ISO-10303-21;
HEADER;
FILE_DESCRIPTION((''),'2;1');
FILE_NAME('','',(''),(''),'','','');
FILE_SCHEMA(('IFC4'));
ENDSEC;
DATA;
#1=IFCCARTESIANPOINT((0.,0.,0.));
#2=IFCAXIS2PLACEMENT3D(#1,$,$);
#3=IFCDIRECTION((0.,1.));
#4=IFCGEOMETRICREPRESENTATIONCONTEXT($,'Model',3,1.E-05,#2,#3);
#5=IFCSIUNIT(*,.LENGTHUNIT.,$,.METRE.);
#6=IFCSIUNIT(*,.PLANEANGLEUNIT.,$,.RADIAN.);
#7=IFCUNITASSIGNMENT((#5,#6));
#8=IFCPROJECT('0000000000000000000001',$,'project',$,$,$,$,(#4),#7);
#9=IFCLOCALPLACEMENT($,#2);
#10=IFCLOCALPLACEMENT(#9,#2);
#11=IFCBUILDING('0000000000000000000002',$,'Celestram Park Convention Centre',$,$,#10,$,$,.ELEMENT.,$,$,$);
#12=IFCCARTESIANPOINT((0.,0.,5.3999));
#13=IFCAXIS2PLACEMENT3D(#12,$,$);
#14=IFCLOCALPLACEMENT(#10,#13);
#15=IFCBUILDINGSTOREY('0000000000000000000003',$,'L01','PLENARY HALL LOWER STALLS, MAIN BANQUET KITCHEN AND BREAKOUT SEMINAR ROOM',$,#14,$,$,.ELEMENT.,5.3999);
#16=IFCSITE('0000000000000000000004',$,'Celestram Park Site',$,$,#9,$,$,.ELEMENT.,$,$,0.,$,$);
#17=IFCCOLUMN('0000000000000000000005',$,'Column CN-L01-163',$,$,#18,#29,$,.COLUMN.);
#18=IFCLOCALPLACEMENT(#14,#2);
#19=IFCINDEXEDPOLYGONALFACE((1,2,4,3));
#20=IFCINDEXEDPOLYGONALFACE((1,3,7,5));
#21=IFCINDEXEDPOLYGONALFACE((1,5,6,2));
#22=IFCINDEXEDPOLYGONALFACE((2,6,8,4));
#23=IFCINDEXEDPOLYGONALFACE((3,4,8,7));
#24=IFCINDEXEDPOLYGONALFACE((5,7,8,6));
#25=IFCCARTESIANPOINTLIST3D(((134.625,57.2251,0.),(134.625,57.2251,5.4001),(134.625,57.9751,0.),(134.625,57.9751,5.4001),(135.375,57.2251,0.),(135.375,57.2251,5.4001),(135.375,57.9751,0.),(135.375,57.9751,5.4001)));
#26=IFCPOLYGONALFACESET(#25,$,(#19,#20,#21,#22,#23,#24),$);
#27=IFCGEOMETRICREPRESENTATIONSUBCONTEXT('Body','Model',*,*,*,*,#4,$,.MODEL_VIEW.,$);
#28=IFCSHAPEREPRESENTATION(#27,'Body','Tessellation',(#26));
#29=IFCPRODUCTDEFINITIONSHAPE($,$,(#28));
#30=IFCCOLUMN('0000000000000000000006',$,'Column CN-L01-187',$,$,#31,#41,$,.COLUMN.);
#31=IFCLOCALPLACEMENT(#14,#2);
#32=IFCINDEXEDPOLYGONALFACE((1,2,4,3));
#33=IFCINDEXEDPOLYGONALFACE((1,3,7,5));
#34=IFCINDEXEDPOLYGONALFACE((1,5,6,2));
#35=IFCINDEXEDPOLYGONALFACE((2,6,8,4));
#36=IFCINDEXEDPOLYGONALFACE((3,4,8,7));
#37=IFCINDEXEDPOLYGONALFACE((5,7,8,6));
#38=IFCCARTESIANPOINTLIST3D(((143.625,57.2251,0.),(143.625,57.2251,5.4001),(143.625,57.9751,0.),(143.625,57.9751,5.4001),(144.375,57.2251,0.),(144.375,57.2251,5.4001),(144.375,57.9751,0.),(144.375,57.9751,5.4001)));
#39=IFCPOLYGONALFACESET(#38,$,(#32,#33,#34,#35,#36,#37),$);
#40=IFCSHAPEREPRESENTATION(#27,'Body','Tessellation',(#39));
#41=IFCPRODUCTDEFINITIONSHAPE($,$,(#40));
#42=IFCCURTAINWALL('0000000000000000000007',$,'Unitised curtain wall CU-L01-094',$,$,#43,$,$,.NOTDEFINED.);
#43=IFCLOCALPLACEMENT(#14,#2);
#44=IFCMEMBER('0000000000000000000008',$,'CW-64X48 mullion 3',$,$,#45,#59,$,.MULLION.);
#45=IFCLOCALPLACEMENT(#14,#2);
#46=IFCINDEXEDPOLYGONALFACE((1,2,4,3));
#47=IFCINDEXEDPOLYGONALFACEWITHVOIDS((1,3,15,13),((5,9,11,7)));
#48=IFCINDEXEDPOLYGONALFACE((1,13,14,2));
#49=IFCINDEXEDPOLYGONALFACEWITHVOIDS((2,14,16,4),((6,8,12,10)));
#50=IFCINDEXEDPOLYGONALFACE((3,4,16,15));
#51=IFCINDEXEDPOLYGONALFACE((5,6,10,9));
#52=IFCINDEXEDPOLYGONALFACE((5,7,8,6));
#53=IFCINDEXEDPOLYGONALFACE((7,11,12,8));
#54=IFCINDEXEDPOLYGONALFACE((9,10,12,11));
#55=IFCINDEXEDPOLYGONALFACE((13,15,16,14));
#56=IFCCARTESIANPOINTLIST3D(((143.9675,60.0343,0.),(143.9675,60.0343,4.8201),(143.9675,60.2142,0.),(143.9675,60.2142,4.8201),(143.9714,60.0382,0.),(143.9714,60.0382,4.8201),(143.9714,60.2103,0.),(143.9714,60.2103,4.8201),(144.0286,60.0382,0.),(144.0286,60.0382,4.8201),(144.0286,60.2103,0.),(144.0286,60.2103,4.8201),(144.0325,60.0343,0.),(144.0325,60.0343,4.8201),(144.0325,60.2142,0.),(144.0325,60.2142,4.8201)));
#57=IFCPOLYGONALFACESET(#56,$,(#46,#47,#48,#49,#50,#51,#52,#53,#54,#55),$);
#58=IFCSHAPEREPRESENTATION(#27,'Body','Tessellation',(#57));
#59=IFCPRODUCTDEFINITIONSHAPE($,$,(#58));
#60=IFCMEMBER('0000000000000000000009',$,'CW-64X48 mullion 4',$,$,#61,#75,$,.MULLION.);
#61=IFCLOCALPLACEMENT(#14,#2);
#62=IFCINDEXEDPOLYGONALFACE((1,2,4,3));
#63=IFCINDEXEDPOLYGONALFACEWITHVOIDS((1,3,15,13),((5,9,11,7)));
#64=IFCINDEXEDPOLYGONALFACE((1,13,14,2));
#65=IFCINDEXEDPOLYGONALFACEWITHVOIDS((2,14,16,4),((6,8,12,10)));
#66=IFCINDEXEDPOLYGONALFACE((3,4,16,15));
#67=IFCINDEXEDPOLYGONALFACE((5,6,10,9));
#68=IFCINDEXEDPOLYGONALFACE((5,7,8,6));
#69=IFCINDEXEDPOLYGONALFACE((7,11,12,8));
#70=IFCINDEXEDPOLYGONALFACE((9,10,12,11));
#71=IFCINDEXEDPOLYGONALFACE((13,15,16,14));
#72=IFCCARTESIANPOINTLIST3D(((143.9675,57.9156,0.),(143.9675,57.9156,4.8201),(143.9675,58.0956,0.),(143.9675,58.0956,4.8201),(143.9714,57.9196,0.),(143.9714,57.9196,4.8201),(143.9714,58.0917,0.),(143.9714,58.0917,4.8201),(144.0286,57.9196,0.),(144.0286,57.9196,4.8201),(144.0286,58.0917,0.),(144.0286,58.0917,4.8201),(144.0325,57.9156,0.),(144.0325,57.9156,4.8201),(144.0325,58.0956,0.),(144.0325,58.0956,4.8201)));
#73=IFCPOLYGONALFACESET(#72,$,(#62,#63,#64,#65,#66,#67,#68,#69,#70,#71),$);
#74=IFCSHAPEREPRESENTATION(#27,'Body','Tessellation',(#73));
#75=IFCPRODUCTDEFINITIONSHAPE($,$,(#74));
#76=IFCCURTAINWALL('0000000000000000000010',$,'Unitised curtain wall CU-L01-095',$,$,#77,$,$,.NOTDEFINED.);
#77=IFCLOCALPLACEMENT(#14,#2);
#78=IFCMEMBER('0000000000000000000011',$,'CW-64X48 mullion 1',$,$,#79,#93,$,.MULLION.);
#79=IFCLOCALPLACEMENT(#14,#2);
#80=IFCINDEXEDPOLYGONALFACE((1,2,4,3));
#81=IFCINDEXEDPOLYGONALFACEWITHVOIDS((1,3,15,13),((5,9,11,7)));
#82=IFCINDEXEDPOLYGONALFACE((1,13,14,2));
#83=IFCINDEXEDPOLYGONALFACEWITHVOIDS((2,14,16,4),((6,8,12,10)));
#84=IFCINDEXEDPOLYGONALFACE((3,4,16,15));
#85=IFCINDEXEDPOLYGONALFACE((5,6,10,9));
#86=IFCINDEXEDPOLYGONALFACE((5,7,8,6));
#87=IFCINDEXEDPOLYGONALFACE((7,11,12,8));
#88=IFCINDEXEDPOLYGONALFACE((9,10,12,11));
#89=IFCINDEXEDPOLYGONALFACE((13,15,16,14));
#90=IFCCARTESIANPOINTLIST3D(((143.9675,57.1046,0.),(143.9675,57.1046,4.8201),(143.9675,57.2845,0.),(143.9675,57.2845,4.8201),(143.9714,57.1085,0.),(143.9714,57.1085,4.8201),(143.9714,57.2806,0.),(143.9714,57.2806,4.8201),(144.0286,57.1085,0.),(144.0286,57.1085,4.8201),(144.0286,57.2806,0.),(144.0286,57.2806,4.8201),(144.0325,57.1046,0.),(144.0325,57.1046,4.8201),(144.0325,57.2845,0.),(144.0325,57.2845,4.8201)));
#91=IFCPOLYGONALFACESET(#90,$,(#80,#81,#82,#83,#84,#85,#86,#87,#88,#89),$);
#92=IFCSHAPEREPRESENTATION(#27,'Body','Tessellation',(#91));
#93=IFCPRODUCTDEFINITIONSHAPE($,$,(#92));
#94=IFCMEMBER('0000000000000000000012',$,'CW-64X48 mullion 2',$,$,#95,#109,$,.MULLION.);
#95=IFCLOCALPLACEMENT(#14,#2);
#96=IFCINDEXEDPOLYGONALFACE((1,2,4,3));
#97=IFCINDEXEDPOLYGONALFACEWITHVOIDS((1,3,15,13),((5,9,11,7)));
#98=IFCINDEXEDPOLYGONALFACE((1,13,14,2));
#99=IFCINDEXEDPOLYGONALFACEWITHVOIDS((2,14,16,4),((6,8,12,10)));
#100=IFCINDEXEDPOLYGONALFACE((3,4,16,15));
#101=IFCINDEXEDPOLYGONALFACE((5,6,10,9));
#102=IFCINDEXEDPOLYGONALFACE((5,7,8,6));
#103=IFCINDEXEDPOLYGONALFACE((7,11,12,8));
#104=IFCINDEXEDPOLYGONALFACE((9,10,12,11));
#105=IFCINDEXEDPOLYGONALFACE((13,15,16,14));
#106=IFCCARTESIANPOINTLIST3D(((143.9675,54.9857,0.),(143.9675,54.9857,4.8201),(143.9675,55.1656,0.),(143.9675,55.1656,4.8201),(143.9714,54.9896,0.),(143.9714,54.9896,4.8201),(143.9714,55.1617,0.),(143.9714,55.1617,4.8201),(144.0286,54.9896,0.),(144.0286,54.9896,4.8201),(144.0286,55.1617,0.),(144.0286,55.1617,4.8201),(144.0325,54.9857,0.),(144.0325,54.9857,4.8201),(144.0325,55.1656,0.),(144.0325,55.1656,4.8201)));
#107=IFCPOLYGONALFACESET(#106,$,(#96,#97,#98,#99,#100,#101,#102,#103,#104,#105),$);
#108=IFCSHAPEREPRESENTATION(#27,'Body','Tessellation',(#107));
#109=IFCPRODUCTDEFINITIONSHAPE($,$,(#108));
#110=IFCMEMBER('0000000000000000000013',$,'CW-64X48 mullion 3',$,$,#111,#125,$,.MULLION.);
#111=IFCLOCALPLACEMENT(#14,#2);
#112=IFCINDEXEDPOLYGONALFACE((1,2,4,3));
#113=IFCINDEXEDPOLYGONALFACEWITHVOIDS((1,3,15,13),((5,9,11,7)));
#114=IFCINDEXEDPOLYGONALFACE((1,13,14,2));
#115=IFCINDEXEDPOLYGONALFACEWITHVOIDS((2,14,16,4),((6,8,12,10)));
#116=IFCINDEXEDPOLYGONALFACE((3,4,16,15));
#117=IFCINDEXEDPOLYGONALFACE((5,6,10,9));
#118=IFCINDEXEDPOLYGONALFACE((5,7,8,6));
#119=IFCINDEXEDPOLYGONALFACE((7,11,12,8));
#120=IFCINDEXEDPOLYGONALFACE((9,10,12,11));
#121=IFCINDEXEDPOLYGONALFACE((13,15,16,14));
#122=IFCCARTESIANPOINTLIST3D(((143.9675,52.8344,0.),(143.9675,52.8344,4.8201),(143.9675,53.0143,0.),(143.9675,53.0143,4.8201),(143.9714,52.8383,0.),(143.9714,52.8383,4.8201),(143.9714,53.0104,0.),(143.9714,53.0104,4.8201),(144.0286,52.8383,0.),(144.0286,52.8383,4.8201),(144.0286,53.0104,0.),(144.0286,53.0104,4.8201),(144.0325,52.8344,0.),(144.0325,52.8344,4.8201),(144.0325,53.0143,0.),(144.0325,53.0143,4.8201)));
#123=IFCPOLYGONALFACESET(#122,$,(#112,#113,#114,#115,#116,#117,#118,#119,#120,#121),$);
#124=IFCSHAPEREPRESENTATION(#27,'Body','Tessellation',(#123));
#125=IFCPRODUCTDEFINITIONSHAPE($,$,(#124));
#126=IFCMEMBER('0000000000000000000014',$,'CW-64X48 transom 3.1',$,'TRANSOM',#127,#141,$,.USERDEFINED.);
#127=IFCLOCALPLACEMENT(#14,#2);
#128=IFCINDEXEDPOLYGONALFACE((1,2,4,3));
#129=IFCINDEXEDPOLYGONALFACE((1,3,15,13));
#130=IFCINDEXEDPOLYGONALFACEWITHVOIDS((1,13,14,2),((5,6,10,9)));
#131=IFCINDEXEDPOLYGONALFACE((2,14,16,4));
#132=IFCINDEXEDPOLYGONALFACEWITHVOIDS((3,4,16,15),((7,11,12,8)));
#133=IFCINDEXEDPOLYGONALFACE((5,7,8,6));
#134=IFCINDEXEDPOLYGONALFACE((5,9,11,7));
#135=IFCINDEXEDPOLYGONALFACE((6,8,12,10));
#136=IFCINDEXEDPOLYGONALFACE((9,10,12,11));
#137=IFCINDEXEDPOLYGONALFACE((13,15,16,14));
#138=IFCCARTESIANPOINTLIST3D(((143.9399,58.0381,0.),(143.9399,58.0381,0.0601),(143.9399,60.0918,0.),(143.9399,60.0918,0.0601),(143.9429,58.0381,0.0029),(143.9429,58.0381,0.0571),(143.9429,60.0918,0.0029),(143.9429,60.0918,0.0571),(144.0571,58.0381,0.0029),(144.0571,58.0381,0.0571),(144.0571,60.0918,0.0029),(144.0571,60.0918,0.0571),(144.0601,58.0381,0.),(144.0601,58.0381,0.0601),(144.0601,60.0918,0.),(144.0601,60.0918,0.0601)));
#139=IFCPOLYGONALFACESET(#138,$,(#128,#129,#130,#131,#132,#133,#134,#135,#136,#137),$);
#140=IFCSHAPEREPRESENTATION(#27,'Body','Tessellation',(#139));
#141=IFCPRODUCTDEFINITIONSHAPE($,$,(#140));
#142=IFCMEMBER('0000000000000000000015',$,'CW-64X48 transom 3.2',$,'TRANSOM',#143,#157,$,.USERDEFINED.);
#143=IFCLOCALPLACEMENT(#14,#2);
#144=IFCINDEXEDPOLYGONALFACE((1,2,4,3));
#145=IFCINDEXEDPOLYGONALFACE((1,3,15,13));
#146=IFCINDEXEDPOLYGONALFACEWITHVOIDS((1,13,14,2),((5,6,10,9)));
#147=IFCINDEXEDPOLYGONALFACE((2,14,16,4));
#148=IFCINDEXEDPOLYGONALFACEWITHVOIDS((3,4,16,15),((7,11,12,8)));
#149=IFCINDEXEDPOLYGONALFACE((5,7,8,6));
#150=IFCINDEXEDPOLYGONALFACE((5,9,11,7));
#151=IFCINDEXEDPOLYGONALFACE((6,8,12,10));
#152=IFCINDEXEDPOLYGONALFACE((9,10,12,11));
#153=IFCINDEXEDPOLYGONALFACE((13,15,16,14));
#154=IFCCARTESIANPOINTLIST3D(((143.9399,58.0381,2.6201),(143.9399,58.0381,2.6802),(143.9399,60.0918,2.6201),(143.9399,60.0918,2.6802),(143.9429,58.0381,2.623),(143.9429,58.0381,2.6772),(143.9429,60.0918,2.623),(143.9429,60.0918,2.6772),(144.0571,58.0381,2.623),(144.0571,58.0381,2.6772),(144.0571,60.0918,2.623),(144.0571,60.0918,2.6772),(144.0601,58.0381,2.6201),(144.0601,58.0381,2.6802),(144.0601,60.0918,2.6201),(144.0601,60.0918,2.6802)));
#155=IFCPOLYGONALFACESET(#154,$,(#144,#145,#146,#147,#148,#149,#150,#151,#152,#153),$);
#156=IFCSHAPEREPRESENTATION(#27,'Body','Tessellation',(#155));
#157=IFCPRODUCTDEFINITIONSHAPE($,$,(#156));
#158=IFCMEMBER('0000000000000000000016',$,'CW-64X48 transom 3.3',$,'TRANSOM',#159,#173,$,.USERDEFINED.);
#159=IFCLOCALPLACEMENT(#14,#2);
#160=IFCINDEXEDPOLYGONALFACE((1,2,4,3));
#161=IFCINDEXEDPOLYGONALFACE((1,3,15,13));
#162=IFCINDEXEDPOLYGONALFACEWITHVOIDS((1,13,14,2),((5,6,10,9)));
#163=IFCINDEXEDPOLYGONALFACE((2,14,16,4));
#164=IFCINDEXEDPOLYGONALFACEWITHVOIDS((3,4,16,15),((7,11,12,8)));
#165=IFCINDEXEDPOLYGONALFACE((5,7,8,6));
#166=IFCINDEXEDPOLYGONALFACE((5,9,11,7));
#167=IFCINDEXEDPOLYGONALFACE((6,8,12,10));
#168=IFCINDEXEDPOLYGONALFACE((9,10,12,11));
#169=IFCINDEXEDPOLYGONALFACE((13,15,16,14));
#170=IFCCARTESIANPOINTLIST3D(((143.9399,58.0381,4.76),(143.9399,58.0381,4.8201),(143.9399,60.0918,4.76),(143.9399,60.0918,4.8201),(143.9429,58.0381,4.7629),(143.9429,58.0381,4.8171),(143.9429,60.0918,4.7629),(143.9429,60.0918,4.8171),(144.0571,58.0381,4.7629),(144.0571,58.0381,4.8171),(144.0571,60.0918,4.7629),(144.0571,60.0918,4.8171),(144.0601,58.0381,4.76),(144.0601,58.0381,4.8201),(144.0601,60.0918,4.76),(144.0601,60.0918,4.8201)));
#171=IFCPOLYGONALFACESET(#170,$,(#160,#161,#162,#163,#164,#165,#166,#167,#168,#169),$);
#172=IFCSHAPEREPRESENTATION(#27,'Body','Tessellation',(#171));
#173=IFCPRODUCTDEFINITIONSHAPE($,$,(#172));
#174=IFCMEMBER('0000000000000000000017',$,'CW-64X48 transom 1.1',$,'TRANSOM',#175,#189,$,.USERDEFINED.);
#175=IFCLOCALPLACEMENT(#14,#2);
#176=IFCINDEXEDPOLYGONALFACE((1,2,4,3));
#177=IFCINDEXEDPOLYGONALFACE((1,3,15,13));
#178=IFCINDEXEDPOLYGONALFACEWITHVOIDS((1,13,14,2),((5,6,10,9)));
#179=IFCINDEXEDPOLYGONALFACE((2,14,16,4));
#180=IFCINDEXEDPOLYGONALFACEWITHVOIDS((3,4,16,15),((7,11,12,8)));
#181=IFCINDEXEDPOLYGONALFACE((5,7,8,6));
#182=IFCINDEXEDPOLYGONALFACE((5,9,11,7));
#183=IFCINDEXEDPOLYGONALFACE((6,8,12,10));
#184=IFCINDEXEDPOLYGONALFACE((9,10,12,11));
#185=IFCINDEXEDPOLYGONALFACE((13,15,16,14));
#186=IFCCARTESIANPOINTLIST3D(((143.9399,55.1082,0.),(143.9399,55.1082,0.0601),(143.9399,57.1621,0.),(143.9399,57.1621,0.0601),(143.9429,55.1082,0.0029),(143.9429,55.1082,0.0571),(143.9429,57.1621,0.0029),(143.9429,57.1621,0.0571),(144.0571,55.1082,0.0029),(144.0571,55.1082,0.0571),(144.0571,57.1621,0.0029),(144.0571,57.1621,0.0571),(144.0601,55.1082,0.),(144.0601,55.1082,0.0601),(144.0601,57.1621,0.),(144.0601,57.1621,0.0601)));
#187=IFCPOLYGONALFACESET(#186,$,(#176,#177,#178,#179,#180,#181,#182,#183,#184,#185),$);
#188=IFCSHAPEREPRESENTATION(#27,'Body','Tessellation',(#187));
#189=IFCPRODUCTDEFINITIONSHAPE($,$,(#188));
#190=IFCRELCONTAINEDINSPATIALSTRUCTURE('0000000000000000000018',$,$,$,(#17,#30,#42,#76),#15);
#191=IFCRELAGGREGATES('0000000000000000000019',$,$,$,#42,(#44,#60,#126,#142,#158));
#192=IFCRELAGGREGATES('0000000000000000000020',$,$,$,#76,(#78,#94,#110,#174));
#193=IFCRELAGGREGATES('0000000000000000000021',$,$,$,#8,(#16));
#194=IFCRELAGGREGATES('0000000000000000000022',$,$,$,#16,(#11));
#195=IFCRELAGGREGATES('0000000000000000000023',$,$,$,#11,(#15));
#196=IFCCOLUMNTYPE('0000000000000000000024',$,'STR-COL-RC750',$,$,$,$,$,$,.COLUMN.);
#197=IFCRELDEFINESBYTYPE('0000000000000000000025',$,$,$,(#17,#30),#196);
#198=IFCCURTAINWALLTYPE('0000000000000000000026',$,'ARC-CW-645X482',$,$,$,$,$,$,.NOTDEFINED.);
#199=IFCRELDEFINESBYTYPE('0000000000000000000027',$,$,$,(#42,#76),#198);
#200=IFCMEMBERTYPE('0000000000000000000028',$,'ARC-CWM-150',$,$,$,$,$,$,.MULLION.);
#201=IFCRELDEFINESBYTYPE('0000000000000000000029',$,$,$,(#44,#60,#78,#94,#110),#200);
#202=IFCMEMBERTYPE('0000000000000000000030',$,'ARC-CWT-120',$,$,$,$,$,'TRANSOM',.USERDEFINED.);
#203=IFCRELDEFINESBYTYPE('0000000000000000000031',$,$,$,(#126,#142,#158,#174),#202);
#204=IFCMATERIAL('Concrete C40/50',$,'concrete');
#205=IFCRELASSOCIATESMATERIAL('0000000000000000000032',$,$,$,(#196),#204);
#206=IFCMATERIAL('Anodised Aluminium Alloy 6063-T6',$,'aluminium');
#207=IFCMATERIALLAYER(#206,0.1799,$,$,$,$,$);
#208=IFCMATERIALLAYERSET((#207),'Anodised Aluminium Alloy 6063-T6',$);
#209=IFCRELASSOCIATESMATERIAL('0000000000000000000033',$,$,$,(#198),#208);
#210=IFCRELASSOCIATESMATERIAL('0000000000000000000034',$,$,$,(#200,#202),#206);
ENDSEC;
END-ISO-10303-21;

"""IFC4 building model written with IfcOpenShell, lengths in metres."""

from ifc_helpers import new_model, si_unit, direction, frame, origin, origin_2d, place, context, subcontext, project, spatial, rectangle, hollow_rectangle, extrude, material, layer, layer_set, material_profile, profile_set, type_object, element, aggregate, save


model = new_model("IFC4")

# Units and contexts
model_context = context("Model", 3, precision=1e-05, world=origin(), true_north=direction((0.0, 1.0)))
body_context = subcontext(model_context, "Body", "Model", "MODEL_VIEW")
ifc_project = project(units=[si_unit("LENGTHUNIT", "METRE"), si_unit("PLANEANGLEUNIT", "RADIAN")], contexts=[model_context])

# Site, building, storey
site_placement = place(None, origin())
site = spatial("IfcSite", under=ifc_project, at=site_placement, Name="Celestram Park Site", CompositionType="ELEMENT", RefElevation=0.0)
building_placement = place(site_placement, origin())
building = spatial("IfcBuilding", under=site, at=building_placement, Name="Celestram Park Convention Centre", CompositionType="ELEMENT")
storey_placement = place(building_placement, frame((0.0, 0.0, 5.3999)))
storey = spatial("IfcBuildingStorey", under=building, at=storey_placement, Name="L01", Description="PLENARY HALL LOWER STALLS, MAIN BANQUET KITCHEN AND BREAKOUT SEMINAR ROOM", CompositionType="ELEMENT", Elevation=5.3999)

# Columns
ifc_material_1 = material(Name="Concrete C40/50", Category="concrete")
ifc_material_profile_1 = material_profile(ifc_material_1, rectangle(XDim=0.75, YDim=0.75, at=origin_2d()), Name="RC750X750")
ifc_profile_set_1 = profile_set([ifc_material_profile_1], Name="Concrete C40/50")
column_type = type_object("IfcColumnType", Name="STR-COL-RC750", PredefinedType="COLUMN", material=ifc_profile_set_1)
for number, where, z_axis, x_axis, name in (
    (1, (135.0, 57.6001, 0.0), (0.0, 0.0, 1.0), (1.0, 0.0, 0.0), "Column CN-L01-163"),
    (2, (144.0, 57.6001, 0.0), (0.0, 0.0, 1.0), (1.0, 0.0, 0.0), "Column CN-L01-187"),
):
    element("IfcColumn", number, at=place(storey_placement, frame(where, z_axis=z_axis, x_axis=x_axis)), inside=storey, type_object=column_type, Name=name, PredefinedType="COLUMN", context=body_context, shape_type="SweptSolid", body=[
        extrude(rectangle(XDim=0.75, YDim=0.75, at=origin_2d()), origin(), (0.0, 0.0, 1.0), 5.4001),
    ])

# Curtain walls, members
ifc_material_2 = material(Name="Anodised Aluminium Alloy 6063-T6", Category="aluminium")
ifc_layer_1 = layer(ifc_material_2, 0.1799)
ifc_layer_set_1 = layer_set([ifc_layer_1], Name="Anodised Aluminium Alloy 6063-T6")
curtain_wall_type = type_object("IfcCurtainWallType", Name="ARC-CW-645X482", PredefinedType="NOTDEFINED", material=ifc_layer_set_1)
curtain_wall_1_placement = place(storey_placement, origin())
curtain_wall_1 = element("IfcCurtainWall", 3, at=curtain_wall_1_placement, inside=storey, type_object=curtain_wall_type, Name="Unitised curtain wall CU-L01-094", PredefinedType="NOTDEFINED")
ifc_material_profile_2 = material_profile(ifc_material_2, hollow_rectangle(XDim=0.0649, YDim=0.1799, WallThickness=0.0039, at=origin_2d()), Name="ALU65X180X4")
ifc_profile_set_2 = profile_set([ifc_material_profile_2], Name="Anodised Aluminium Alloy 6063-T6")
member_type_1 = type_object("IfcMemberType", Name="ARC-CWM-150", PredefinedType="MULLION", material=ifc_profile_set_2)
member_1_placement = place(storey_placement, frame((144.0, 60.1243, 0.0), z_axis=(0.0, 0.0, 1.0), x_axis=(1.0, 0.0, 0.0)))
member_1 = element("IfcMember", 4, at=member_1_placement, type_object=member_type_1, Name="CW-64X48 mullion 3", PredefinedType="MULLION", context=body_context, shape_type="SweptSolid", body=[
    extrude(hollow_rectangle(XDim=0.0649, YDim=0.1799, WallThickness=0.0039, at=origin_2d()), origin(), (0.0, 0.0, 1.0), 4.8201),
])
member_2_placement = place(storey_placement, frame((144.0, 58.0056, 0.0), z_axis=(0.0, 0.0, 1.0), x_axis=(1.0, 0.0, 0.0)))
member_2 = element("IfcMember", 5, at=member_2_placement, type_object=member_type_1, Name="CW-64X48 mullion 4", PredefinedType="MULLION", context=body_context, shape_type="SweptSolid", body=[
    extrude(hollow_rectangle(XDim=0.0649, YDim=0.1799, WallThickness=0.0039, at=origin_2d()), origin(), (0.0, 0.0, 1.0), 4.8201),
])
curtain_wall_2_placement = place(storey_placement, origin())
curtain_wall_2 = element("IfcCurtainWall", 6, at=curtain_wall_2_placement, inside=storey, type_object=curtain_wall_type, Name="Unitised curtain wall CU-L01-095", PredefinedType="NOTDEFINED")
member_3_placement = place(storey_placement, frame((144.0, 57.1946, 0.0), z_axis=(0.0, 0.0, 1.0), x_axis=(1.0, 0.0, 0.0)))
member_3 = element("IfcMember", 7, at=member_3_placement, type_object=member_type_1, Name="CW-64X48 mullion 1", PredefinedType="MULLION", context=body_context, shape_type="SweptSolid", body=[
    extrude(hollow_rectangle(XDim=0.0649, YDim=0.1799, WallThickness=0.0039, at=origin_2d()), origin(), (0.0, 0.0, 1.0), 4.8201),
])
member_4_placement = place(storey_placement, frame((144.0, 55.0757, 0.0), z_axis=(0.0, 0.0, 1.0), x_axis=(1.0, 0.0, 0.0)))
member_4 = element("IfcMember", 8, at=member_4_placement, type_object=member_type_1, Name="CW-64X48 mullion 2", PredefinedType="MULLION", context=body_context, shape_type="SweptSolid", body=[
    extrude(hollow_rectangle(XDim=0.0649, YDim=0.1799, WallThickness=0.0039, at=origin_2d()), origin(), (0.0, 0.0, 1.0), 4.8201),
])
member_5_placement = place(storey_placement, frame((144.0, 52.9243, 0.0), z_axis=(0.0, 0.0, 1.0), x_axis=(1.0, 0.0, 0.0)))
member_5 = element("IfcMember", 9, at=member_5_placement, type_object=member_type_1, Name="CW-64X48 mullion 3", PredefinedType="MULLION", context=body_context, shape_type="SweptSolid", body=[
    extrude(hollow_rectangle(XDim=0.0649, YDim=0.1799, WallThickness=0.0039, at=origin_2d()), origin(), (0.0, 0.0, 1.0), 4.8201),
])

# Members
ifc_material_profile_3 = material_profile(ifc_material_2, hollow_rectangle(XDim=0.1201, YDim=0.0601, WallThickness=0.0029, at=origin_2d()), Name="ALU120X60X3")
ifc_profile_set_3 = profile_set([ifc_material_profile_3], Name="Anodised Aluminium Alloy 6063-T6")
member_type_2 = type_object("IfcMemberType", Name="ARC-CWT-120", ElementType="TRANSOM", PredefinedType="USERDEFINED", material=ifc_profile_set_3)
member_6_placement = place(storey_placement, frame((144.0, 60.0918, 0.03), z_axis=(0.0, -1.0, 0.0), x_axis=(1.0, 0.0, 0.0)))
member_6 = element("IfcMember", 10, at=member_6_placement, type_object=member_type_2, Name="CW-64X48 transom 3.1", ObjectType="TRANSOM", PredefinedType="USERDEFINED", context=body_context, shape_type="SweptSolid", body=[
    extrude(hollow_rectangle(XDim=0.1201, YDim=0.0601, WallThickness=0.0029, at=origin_2d()), origin(), (0.0, 0.0, 1.0), 2.0537),
])
member_7_placement = place(storey_placement, frame((144.0, 60.0918, 2.6501), z_axis=(0.0, -1.0, 0.0), x_axis=(1.0, 0.0, 0.0)))
member_7 = element("IfcMember", 11, at=member_7_placement, type_object=member_type_2, Name="CW-64X48 transom 3.2", ObjectType="TRANSOM", PredefinedType="USERDEFINED", context=body_context, shape_type="SweptSolid", body=[
    extrude(hollow_rectangle(XDim=0.1201, YDim=0.0601, WallThickness=0.0029, at=origin_2d()), origin(), (0.0, 0.0, 1.0), 2.0537),
])
member_8_placement = place(storey_placement, frame((144.0, 60.0918, 4.79), z_axis=(0.0, -1.0, 0.0), x_axis=(1.0, 0.0, 0.0)))
member_8 = element("IfcMember", 12, at=member_8_placement, type_object=member_type_2, Name="CW-64X48 transom 3.3", ObjectType="TRANSOM", PredefinedType="USERDEFINED", context=body_context, shape_type="SweptSolid", body=[
    extrude(hollow_rectangle(XDim=0.1201, YDim=0.0601, WallThickness=0.0029, at=origin_2d()), origin(), (0.0, 0.0, 1.0), 2.0537),
])
member_9_placement = place(storey_placement, frame((144.0, 57.1621, 0.03), z_axis=(0.0, -1.0, 0.0), x_axis=(1.0, 0.0, 0.0)))
member_9 = element("IfcMember", 13, at=member_9_placement, type_object=member_type_2, Name="CW-64X48 transom 1.1", ObjectType="TRANSOM", PredefinedType="USERDEFINED", context=body_context, shape_type="SweptSolid", body=[
    extrude(hollow_rectangle(XDim=0.1201, YDim=0.0601, WallThickness=0.0029, at=origin_2d()), origin(), (0.0, 0.0, 1.0), 2.054),
])

aggregate(curtain_wall_1, [member_1, member_2, member_6, member_7, member_8])
aggregate(curtain_wall_2, [member_3, member_4, member_5, member_9])

save(model, "model.ifc")
